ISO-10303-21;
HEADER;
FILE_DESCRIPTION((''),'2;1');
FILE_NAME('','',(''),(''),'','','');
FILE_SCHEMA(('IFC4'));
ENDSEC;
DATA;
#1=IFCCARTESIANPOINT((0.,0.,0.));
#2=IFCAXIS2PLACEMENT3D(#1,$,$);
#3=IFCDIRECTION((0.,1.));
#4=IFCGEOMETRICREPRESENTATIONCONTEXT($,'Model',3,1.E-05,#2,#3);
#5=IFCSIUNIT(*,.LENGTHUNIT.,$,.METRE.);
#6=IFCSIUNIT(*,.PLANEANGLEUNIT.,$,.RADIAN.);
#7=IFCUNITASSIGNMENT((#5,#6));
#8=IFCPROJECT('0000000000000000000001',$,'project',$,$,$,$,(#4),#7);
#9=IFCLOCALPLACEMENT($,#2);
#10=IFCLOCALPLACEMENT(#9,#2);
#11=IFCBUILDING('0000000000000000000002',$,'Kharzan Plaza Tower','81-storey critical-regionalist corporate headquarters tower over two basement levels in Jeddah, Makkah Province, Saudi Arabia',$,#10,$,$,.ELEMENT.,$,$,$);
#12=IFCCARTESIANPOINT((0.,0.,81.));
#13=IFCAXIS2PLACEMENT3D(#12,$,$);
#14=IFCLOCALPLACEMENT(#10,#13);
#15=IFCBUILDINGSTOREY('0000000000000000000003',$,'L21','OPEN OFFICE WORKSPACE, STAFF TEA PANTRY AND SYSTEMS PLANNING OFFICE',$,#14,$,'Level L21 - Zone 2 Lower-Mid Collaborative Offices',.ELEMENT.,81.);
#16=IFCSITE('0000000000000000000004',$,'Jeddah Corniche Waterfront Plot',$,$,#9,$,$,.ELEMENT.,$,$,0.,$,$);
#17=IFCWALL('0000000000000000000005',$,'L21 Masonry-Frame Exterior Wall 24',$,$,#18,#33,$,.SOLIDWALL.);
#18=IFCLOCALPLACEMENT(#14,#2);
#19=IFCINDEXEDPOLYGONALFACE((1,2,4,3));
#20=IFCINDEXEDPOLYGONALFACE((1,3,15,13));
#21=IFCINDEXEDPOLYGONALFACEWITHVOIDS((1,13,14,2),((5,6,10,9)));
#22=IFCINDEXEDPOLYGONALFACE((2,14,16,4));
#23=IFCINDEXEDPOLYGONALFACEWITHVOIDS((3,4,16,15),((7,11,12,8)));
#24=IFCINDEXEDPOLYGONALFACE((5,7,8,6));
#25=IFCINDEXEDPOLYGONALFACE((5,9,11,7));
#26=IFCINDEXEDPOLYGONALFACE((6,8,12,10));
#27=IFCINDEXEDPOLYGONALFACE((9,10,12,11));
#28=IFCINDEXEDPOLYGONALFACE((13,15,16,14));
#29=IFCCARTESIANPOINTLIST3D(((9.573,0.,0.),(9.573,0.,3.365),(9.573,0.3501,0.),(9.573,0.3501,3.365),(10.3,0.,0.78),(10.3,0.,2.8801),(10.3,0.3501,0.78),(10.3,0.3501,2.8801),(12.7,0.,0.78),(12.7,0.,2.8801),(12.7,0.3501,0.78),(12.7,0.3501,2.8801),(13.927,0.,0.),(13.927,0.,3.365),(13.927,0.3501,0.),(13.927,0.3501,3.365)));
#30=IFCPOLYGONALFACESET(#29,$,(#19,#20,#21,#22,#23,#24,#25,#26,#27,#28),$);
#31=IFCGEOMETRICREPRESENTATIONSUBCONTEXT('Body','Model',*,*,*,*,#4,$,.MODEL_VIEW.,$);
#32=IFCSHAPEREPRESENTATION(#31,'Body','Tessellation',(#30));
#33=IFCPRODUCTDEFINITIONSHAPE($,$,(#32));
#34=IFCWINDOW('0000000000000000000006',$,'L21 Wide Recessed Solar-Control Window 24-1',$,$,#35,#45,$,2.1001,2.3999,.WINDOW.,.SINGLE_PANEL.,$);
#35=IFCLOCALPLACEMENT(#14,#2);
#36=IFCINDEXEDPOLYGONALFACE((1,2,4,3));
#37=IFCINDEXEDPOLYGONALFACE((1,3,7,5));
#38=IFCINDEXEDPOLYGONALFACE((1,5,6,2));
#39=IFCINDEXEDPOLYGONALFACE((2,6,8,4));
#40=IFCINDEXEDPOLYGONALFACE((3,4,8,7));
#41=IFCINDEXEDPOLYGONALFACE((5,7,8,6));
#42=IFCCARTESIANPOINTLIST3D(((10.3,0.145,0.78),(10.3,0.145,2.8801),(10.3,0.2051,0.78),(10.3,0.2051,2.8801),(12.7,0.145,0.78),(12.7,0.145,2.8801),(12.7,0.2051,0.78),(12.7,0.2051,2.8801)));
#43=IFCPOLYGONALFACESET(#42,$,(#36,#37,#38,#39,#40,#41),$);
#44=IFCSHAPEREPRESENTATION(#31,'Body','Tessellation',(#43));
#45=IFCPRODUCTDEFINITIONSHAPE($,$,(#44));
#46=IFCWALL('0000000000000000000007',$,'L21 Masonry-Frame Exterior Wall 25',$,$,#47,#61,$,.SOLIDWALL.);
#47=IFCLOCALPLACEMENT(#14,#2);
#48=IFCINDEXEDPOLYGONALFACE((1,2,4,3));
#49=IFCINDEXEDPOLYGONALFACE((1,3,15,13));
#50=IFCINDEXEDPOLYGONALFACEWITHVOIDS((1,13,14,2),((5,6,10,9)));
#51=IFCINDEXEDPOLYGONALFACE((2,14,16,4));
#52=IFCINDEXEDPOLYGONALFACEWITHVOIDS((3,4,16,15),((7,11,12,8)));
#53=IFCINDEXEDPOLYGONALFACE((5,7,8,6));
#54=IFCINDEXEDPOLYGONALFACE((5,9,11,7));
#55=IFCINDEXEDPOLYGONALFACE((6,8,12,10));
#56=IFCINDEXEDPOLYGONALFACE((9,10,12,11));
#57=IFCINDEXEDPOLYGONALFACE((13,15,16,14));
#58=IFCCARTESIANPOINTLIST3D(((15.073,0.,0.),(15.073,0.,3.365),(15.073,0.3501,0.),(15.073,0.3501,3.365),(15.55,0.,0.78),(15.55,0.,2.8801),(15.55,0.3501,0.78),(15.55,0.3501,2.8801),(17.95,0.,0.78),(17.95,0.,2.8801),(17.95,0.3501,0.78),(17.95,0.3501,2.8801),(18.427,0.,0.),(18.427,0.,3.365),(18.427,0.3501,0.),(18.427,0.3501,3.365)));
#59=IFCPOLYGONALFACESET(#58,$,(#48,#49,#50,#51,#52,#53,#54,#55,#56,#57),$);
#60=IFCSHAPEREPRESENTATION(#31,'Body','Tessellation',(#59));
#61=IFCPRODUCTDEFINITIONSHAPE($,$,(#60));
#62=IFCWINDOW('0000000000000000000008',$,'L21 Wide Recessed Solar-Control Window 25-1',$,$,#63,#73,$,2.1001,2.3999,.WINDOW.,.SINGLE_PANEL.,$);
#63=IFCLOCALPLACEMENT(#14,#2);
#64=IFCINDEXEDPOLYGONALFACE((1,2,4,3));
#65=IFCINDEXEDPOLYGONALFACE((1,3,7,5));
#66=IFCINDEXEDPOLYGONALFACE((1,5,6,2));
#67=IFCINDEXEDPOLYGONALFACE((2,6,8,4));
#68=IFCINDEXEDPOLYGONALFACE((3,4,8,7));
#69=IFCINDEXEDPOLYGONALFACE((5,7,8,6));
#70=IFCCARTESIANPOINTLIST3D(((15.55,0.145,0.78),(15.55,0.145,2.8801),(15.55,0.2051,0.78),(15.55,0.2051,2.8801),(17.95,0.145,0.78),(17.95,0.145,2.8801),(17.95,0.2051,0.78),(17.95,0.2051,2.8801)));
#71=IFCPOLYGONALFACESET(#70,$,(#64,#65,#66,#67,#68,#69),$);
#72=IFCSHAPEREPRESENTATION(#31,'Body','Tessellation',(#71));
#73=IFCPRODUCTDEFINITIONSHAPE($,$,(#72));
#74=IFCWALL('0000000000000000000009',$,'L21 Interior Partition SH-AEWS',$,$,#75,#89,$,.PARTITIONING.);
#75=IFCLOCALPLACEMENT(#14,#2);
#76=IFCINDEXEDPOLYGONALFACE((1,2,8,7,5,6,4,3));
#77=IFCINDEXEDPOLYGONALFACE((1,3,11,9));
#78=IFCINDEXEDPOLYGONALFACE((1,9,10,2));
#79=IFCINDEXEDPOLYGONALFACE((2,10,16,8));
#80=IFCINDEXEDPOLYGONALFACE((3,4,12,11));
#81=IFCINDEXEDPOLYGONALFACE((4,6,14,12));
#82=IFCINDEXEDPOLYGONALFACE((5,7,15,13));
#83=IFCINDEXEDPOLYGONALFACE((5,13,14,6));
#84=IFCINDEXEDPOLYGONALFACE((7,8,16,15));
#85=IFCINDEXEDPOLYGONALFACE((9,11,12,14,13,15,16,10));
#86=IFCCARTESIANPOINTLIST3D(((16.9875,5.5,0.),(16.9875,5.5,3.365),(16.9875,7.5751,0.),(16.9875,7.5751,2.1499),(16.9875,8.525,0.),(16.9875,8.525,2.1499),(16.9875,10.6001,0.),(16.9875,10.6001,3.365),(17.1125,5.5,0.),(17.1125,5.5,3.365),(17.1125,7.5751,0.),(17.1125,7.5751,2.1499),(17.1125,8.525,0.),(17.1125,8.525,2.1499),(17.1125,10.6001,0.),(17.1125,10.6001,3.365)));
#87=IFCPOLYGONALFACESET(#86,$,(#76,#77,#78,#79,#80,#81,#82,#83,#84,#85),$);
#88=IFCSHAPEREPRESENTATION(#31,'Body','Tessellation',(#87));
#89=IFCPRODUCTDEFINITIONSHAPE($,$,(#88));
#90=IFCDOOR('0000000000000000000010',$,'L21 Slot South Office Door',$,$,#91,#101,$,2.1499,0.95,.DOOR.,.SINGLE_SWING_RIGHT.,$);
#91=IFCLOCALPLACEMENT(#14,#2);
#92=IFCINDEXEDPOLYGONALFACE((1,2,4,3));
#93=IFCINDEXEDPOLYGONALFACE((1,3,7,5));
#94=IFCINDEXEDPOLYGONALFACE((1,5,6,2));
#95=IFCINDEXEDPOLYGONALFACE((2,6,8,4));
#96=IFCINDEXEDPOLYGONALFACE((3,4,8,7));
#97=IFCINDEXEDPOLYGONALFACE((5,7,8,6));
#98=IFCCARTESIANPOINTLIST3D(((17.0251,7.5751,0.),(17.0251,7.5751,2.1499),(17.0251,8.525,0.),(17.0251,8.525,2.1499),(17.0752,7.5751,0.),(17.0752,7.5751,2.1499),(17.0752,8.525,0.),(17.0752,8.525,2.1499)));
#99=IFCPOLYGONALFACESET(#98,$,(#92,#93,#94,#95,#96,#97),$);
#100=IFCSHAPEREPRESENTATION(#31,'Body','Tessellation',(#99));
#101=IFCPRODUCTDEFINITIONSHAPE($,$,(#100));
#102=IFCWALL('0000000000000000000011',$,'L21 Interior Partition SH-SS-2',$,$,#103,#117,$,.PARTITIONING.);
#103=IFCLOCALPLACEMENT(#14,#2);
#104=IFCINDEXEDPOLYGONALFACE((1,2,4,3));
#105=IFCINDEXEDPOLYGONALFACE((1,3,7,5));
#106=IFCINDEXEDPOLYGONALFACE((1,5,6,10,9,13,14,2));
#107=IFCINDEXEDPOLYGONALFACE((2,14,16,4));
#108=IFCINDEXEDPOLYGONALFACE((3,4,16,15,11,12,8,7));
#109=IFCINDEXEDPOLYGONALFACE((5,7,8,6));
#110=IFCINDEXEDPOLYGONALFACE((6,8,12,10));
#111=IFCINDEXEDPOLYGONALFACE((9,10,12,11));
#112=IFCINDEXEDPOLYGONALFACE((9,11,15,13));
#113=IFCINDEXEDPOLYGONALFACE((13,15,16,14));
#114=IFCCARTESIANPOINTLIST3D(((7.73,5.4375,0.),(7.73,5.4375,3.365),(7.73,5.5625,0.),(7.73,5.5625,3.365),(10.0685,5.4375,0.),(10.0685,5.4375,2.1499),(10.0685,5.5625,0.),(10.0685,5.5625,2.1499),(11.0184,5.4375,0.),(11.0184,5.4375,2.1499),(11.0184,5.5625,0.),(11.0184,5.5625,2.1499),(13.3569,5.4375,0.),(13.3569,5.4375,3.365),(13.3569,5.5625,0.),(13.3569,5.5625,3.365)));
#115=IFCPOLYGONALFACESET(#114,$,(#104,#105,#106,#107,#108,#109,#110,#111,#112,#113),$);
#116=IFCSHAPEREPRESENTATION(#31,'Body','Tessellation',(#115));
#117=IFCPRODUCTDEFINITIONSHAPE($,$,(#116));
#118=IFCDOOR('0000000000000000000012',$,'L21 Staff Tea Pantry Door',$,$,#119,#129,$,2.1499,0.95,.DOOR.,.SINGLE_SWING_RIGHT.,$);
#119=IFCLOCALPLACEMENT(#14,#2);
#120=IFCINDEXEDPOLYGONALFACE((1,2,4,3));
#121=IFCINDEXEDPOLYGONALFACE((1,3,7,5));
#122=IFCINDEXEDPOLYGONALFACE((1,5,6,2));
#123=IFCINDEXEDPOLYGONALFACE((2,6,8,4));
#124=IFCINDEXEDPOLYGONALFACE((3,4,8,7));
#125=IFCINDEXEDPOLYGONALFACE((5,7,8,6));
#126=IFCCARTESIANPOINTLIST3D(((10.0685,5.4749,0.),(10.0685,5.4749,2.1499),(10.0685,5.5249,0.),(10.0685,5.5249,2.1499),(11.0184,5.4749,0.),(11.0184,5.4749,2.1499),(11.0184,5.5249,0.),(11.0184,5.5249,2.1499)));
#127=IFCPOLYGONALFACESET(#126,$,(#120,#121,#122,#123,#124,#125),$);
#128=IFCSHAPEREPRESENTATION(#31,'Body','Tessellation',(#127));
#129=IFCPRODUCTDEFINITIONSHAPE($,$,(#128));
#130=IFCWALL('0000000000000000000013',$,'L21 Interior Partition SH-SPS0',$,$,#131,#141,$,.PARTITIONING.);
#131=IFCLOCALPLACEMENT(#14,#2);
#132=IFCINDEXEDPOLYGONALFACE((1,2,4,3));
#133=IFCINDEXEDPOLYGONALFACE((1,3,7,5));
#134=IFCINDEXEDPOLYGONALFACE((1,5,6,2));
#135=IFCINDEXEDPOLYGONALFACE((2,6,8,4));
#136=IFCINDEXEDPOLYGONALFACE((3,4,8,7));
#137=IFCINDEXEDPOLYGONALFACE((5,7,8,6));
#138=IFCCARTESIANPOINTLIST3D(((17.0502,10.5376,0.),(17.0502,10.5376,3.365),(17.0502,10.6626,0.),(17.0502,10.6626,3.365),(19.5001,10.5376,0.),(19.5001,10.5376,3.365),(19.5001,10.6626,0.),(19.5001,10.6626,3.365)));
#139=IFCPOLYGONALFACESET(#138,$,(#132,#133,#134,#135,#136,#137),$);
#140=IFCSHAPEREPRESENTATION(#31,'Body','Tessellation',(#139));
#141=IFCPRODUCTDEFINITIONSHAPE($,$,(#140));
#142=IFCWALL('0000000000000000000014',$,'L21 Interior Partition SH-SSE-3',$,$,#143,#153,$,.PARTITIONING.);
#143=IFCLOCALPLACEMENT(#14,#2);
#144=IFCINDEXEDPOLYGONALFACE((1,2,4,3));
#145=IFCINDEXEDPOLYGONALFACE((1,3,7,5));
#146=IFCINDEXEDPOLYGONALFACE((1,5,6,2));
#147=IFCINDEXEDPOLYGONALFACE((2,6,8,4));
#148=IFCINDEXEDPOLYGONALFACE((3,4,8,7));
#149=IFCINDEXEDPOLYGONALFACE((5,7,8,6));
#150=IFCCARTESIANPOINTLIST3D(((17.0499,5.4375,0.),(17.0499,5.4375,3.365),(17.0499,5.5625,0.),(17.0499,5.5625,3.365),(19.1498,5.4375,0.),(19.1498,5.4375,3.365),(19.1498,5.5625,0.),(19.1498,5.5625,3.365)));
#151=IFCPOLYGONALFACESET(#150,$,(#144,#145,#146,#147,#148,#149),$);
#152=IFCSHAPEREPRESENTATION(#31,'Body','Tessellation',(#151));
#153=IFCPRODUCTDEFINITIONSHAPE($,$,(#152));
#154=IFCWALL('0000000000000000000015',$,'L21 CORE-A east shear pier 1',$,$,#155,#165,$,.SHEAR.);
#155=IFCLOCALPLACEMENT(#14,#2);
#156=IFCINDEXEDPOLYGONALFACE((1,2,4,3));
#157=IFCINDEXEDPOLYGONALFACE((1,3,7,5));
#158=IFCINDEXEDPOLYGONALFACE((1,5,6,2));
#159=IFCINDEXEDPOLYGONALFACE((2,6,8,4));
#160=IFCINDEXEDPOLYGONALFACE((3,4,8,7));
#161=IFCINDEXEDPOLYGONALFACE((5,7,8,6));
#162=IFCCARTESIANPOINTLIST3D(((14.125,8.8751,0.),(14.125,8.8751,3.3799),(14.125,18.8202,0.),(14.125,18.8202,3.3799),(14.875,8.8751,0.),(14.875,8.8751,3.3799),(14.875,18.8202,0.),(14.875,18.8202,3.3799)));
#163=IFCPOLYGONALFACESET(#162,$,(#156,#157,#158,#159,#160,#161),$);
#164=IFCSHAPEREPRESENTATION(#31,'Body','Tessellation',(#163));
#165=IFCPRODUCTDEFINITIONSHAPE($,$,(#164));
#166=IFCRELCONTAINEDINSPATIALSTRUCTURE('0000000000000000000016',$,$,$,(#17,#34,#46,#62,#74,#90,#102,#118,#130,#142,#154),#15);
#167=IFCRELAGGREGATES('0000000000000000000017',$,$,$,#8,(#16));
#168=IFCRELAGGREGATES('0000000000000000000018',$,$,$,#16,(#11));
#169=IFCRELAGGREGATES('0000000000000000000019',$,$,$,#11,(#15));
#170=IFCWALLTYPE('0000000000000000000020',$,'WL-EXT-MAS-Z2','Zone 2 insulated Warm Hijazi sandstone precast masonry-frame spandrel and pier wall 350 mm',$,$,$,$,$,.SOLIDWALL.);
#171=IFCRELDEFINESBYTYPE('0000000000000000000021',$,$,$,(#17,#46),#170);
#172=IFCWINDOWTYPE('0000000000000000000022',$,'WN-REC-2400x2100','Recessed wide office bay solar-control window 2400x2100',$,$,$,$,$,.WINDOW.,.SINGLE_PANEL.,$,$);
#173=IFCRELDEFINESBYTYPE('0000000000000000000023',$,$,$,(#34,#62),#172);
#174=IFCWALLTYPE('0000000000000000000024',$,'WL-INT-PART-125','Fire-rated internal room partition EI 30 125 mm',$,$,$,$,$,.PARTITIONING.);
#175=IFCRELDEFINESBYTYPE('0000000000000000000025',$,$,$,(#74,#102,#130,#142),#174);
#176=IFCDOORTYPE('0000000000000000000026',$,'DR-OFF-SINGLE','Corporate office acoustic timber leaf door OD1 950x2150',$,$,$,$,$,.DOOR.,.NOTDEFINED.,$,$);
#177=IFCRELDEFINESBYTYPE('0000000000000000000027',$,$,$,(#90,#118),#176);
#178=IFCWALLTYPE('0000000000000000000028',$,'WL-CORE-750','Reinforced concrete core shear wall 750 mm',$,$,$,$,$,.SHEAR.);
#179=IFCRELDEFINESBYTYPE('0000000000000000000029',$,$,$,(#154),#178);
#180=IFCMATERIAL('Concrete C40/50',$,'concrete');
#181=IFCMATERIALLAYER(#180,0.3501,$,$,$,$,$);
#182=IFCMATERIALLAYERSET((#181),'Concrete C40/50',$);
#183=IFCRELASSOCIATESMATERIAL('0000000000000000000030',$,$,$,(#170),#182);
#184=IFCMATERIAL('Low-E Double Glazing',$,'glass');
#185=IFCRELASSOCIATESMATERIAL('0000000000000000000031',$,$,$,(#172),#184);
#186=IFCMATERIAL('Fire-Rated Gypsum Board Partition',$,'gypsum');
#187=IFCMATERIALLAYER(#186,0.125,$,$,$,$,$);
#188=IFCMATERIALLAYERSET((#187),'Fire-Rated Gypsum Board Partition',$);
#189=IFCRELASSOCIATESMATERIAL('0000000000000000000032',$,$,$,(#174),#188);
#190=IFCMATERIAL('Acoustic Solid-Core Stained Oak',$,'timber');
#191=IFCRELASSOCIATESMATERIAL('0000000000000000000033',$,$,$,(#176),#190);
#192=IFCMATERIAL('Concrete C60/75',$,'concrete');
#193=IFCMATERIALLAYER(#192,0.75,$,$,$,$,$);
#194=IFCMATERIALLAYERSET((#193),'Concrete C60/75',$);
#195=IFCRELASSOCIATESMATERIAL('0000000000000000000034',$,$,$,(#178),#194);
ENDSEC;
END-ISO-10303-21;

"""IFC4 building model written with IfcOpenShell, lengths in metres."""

from ifc_helpers import new_model, si_unit, direction, frame, frame_2d, origin, place, context, subcontext, project, spatial, rectangle, extrude, source, transform, mapped, material, layer, layer_set, type_object, element, fill, save


model = new_model("IFC4")

# Units and contexts
model_context = context("Model", 3, precision=1e-05, world=origin(), true_north=direction((0.0, 1.0)))
body_context = subcontext(model_context, "Body", "Model", "MODEL_VIEW")
ifc_project = project(units=[si_unit("LENGTHUNIT", "METRE"), si_unit("PLANEANGLEUNIT", "RADIAN")], contexts=[model_context])

# Site, building, storey
site_placement = place(None, origin())
site = spatial("IfcSite", under=ifc_project, at=site_placement, Name="Jeddah Corniche Waterfront Plot", CompositionType="ELEMENT", RefElevation=0.0)
building_placement = place(site_placement, origin())
building = spatial("IfcBuilding", under=site, at=building_placement, Name="Kharzan Plaza Tower", Description="81-storey critical-regionalist corporate headquarters tower over two basement levels in Jeddah, Makkah Province, Saudi Arabia", CompositionType="ELEMENT")
storey_placement = place(building_placement, frame((0.0, 0.0, 81.0)))
storey = spatial("IfcBuildingStorey", under=building, at=storey_placement, Name="L21", Description="OPEN OFFICE WORKSPACE, STAFF TEA PANTRY AND SYSTEMS PLANNING OFFICE", LongName="Level L21 - Zone 2 Lower-Mid Collaborative Offices", CompositionType="ELEMENT", Elevation=81.0)

# Shared definitions
ifc_material_1 = material(Name="Concrete C60/75", Category="concrete")

# Walls, openings, windows
ifc_material_2 = material(Name="Concrete C40/50", Category="concrete")
ifc_layer_1 = layer(ifc_material_2, 0.3501)
ifc_layer_set_1 = layer_set([ifc_layer_1], Name="Concrete C40/50")
wall_type_1 = type_object("IfcWallType", Name="WL-EXT-MAS-Z2", Description="Zone 2 insulated Warm Hijazi sandstone precast masonry-frame spandrel and pier wall 350 mm", PredefinedType="SOLIDWALL", material=ifc_layer_set_1)
wall_1_placement = place(storey_placement, frame((9.573, 0.175, 0.0), z_axis=(0.0, 0.0, 1.0), x_axis=(1.0, 0.0, 0.0)))
wall_1 = element("IfcWall", 1, at=wall_1_placement, inside=storey, type_object=wall_type_1, Name="L21 Masonry-Frame Exterior Wall 24", PredefinedType="SOLIDWALL", context=body_context, shape_type="SweptSolid", body=[
    extrude(rectangle(XDim=4.354, YDim=0.3501, at=frame_2d((2.177, 0.0))), origin(), (0.0, 0.0, 1.0), 3.365),
])
opening_1_placement = place(wall_1_placement, frame((0.7271, 0.0, 0.78)))
opening_1 = element("IfcOpeningElement", 2, at=opening_1_placement, cuts=wall_1, PredefinedType="OPENING", context=body_context, shape_type="SweptSolid", body=[
    extrude(rectangle(XDim=2.3999, YDim=2.1001, at=frame_2d((1.2, 1.05))), frame((0.0, 0.1851, 0.0), z_axis=(0.0, -1.0, 0.0), x_axis=(1.0, 0.0, 0.0)), (0.0, 0.0, 1.0), 0.3701),
])
ifc_material_3 = material(Name="Low-E Double Glazing", Category="glass")
window_type = type_object("IfcWindowType", Name="WN-REC-2400x2100", Description="Recessed wide office bay solar-control window 2400x2100", PartitioningType="SINGLE_PANEL", PredefinedType="WINDOW", material=ifc_material_3)
shared_shape_1 = source(origin(), body_context, "Body", "SweptSolid", [
    extrude(rectangle(XDim=2.3999, YDim=2.1001, at=frame_2d((1.2, 1.05))), frame((0.0, 0.03, 0.0), z_axis=(0.0, -1.0, 0.0), x_axis=(1.0, 0.0, 0.0)), (0.0, 0.0, 1.0), 0.0601),
])
window_1_placement = place(opening_1_placement, origin())
window_1 = element("IfcWindow", 3, at=window_1_placement, inside=storey, type_object=window_type, Name="L21 Wide Recessed Solar-Control Window 24-1", OverallHeight=2.1001, OverallWidth=2.3999, PartitioningType="SINGLE_PANEL", PredefinedType="WINDOW", context=body_context, shape_type="MappedRepresentation", body=[
    mapped(shared_shape_1, transform((0.0, 0.0, 0.0), x_axis=(1.0, 0.0, 0.0), y_axis=(0.0, 1.0, 0.0), z_axis=(0.0, 0.0, 1.0))),
])
fill(opening_1, window_1)
wall_2_placement = place(storey_placement, frame((15.073, 0.175, 0.0), z_axis=(0.0, 0.0, 1.0), x_axis=(1.0, 0.0, 0.0)))
wall_2 = element("IfcWall", 4, at=wall_2_placement, inside=storey, type_object=wall_type_1, Name="L21 Masonry-Frame Exterior Wall 25", PredefinedType="SOLIDWALL", context=body_context, shape_type="SweptSolid", body=[
    extrude(rectangle(XDim=3.354, YDim=0.3501, at=frame_2d((1.677, 0.0))), origin(), (0.0, 0.0, 1.0), 3.365),
])
opening_2_placement = place(wall_2_placement, frame((0.4771, 0.0, 0.78)))
opening_2 = element("IfcOpeningElement", 5, at=opening_2_placement, cuts=wall_2, PredefinedType="OPENING", context=body_context, shape_type="SweptSolid", body=[
    extrude(rectangle(XDim=2.3999, YDim=2.1001, at=frame_2d((1.2, 1.05))), frame((0.0, 0.1851, 0.0), z_axis=(0.0, -1.0, 0.0), x_axis=(1.0, 0.0, 0.0)), (0.0, 0.0, 1.0), 0.3701),
])
window_2_placement = place(opening_2_placement, origin())
window_2 = element("IfcWindow", 6, at=window_2_placement, inside=storey, type_object=window_type, Name="L21 Wide Recessed Solar-Control Window 25-1", OverallHeight=2.1001, OverallWidth=2.3999, PartitioningType="SINGLE_PANEL", PredefinedType="WINDOW", context=body_context, shape_type="MappedRepresentation", body=[
    mapped(shared_shape_1, transform((0.0, 0.0, 0.0), x_axis=(1.0, 0.0, 0.0), y_axis=(0.0, 1.0, 0.0), z_axis=(0.0, 0.0, 1.0))),
])
fill(opening_2, window_2)

# Walls, openings, doors
ifc_material_4 = material(Name="Fire-Rated Gypsum Board Partition", Category="gypsum")
ifc_layer_2 = layer(ifc_material_4, 0.125)
ifc_layer_set_2 = layer_set([ifc_layer_2], Name="Fire-Rated Gypsum Board Partition")
wall_type_2 = type_object("IfcWallType", Name="WL-INT-PART-125", Description="Fire-rated internal room partition EI 30 125 mm", PredefinedType="PARTITIONING", material=ifc_layer_set_2)
wall_3_placement = place(storey_placement, frame((17.05, 5.5, 0.0), z_axis=(0.0, 0.0, 1.0), x_axis=(0.0, 1.0, 0.0)))
wall_3 = element("IfcWall", 7, at=wall_3_placement, inside=storey, type_object=wall_type_2, Name="L21 Interior Partition SH-AEWS", PredefinedType="PARTITIONING", context=body_context, shape_type="SweptSolid", body=[
    extrude(rectangle(XDim=5.1001, YDim=0.125, at=frame_2d((2.55, 0.0))), origin(), (0.0, 0.0, 1.0), 3.365),
])
opening_3_placement = place(wall_3_placement, frame((2.075, 0.0, 0.0)))
opening_3 = element("IfcOpeningElement", 8, at=opening_3_placement, cuts=wall_3, PredefinedType="OPENING", context=body_context, shape_type="SweptSolid", body=[
    extrude(rectangle(XDim=0.95, YDim=2.1499, at=frame_2d((0.4751, 1.075))), frame((0.0, 0.0725, 0.0), z_axis=(0.0, -1.0, 0.0), x_axis=(1.0, 0.0, 0.0)), (0.0, 0.0, 1.0), 0.145),
])
ifc_material_5 = material(Name="Acoustic Solid-Core Stained Oak", Category="timber")
door_type = type_object("IfcDoorType", Name="DR-OFF-SINGLE", Description="Corporate office acoustic timber leaf door OD1 950x2150", OperationType="NOTDEFINED", PredefinedType="DOOR", material=ifc_material_5)
shared_shape_2 = source(origin(), body_context, "Body", "SweptSolid", [
    extrude(rectangle(XDim=0.95, YDim=2.1499, at=frame_2d((0.4751, 1.075))), frame((0.0, 0.0249, 0.0), z_axis=(0.0, -1.0, 0.0), x_axis=(1.0, 0.0, 0.0)), (0.0, 0.0, 1.0), 0.05),
])
door_1_placement = place(opening_3_placement, origin())
door_1 = element("IfcDoor", 9, at=door_1_placement, inside=storey, type_object=door_type, Name="L21 Slot South Office Door", OperationType="SINGLE_SWING_RIGHT", OverallHeight=2.1499, OverallWidth=0.95, PredefinedType="DOOR", context=body_context, shape_type="MappedRepresentation", body=[
    mapped(shared_shape_2, transform((0.0, 0.0, 0.0), x_axis=(1.0, 0.0, 0.0), y_axis=(0.0, 1.0, 0.0), z_axis=(0.0, 0.0, 1.0))),
])
fill(opening_3, door_1)
wall_4_placement = place(storey_placement, frame((7.73, 5.5, 0.0), z_axis=(0.0, 0.0, 1.0), x_axis=(1.0, 0.0, 0.0)))
wall_4 = element("IfcWall", 10, at=wall_4_placement, inside=storey, type_object=wall_type_2, Name="L21 Interior Partition SH-SS-2", PredefinedType="PARTITIONING", context=body_context, shape_type="SweptSolid", body=[
    extrude(rectangle(XDim=5.627, YDim=0.125, at=frame_2d((2.8135, 0.0))), origin(), (0.0, 0.0, 1.0), 3.365),
])
opening_4_placement = place(wall_4_placement, frame((2.3384, 0.0, 0.0)))
opening_4 = element("IfcOpeningElement", 11, at=opening_4_placement, cuts=wall_4, PredefinedType="OPENING", context=body_context, shape_type="SweptSolid", body=[
    extrude(rectangle(XDim=0.95, YDim=2.1499, at=frame_2d((0.4751, 1.075))), frame((0.0, 0.0725, 0.0), z_axis=(0.0, -1.0, 0.0), x_axis=(1.0, 0.0, 0.0)), (0.0, 0.0, 1.0), 0.145),
])
door_2_placement = place(opening_4_placement, origin())
door_2 = element("IfcDoor", 12, at=door_2_placement, inside=storey, type_object=door_type, Name="L21 Staff Tea Pantry Door", OperationType="SINGLE_SWING_RIGHT", OverallHeight=2.1499, OverallWidth=0.95, PredefinedType="DOOR", context=body_context, shape_type="MappedRepresentation", body=[
    mapped(shared_shape_2, transform((0.0, 0.0, 0.0), x_axis=(1.0, 0.0, 0.0), y_axis=(0.0, 1.0, 0.0), z_axis=(0.0, 0.0, 1.0))),
])
fill(opening_4, door_2)

# Walls
shared_shape_3 = source(origin(), body_context, "Body", "SweptSolid", [
    extrude(rectangle(XDim=2.45, YDim=0.125, at=frame_2d((1.2251, 0.0))), origin(), (0.0, 0.0, 1.0), 3.365),
])
wall_5_placement = place(storey_placement, frame((17.05, 10.6001, 0.0), z_axis=(0.0, 0.0, 1.0), x_axis=(1.0, 0.0, 0.0)))
element("IfcWall", 13, at=wall_5_placement, inside=storey, type_object=wall_type_2, Name="L21 Interior Partition SH-SPS0", PredefinedType="PARTITIONING", context=body_context, shape_type="MappedRepresentation", body=[
    mapped(shared_shape_3, transform((0.0, 0.0, 0.0), x_axis=(1.0, 0.0, 0.0), y_axis=(0.0, 1.0, 0.0), z_axis=(0.0, 0.0, 1.0))),
])
shared_shape_4 = source(origin(), body_context, "Body", "SweptSolid", [
    extrude(rectangle(XDim=2.0999, YDim=0.125, at=frame_2d((1.0498, 0.0))), origin(), (0.0, 0.0, 1.0), 3.365),
])
wall_6_placement = place(storey_placement, frame((17.05, 5.5, 0.0), z_axis=(0.0, 0.0, 1.0), x_axis=(1.0, 0.0, 0.0)))
element("IfcWall", 14, at=wall_6_placement, inside=storey, type_object=wall_type_2, Name="L21 Interior Partition SH-SSE-3", PredefinedType="PARTITIONING", context=body_context, shape_type="MappedRepresentation", body=[
    mapped(shared_shape_4, transform((0.0, 0.0, 0.0), x_axis=(1.0, 0.0, 0.0), y_axis=(0.0, 1.0, 0.0), z_axis=(0.0, 0.0, 1.0))),
])
ifc_layer_3 = layer(ifc_material_1, 0.75)
ifc_layer_set_3 = layer_set([ifc_layer_3], Name="Concrete C60/75")
wall_type_3 = type_object("IfcWallType", Name="WL-CORE-750", Description="Reinforced concrete core shear wall 750 mm", PredefinedType="SHEAR", material=ifc_layer_set_3)
shared_shape_5 = source(origin(), body_context, "Body", "SweptSolid", [
    extrude(rectangle(XDim=9.9451, YDim=0.75, at=frame_2d((4.9727, 0.0))), origin(), (0.0, 0.0, 1.0), 3.3799),
])
wall_7_placement = place(storey_placement, frame((14.5, 8.875, 0.0), z_axis=(0.0, 0.0, 1.0), x_axis=(0.0, 1.0, 0.0)))
element("IfcWall", 15, at=wall_7_placement, inside=storey, type_object=wall_type_3, Name="L21 CORE-A east shear pier 1", PredefinedType="SHEAR", context=body_context, shape_type="MappedRepresentation", body=[
    mapped(shared_shape_5, transform((0.0, 0.0, 0.0), x_axis=(1.0, 0.0, 0.0), y_axis=(0.0, 1.0, 0.0), z_axis=(0.0, 0.0, 1.0))),
])

save(model, "model.ifc")
